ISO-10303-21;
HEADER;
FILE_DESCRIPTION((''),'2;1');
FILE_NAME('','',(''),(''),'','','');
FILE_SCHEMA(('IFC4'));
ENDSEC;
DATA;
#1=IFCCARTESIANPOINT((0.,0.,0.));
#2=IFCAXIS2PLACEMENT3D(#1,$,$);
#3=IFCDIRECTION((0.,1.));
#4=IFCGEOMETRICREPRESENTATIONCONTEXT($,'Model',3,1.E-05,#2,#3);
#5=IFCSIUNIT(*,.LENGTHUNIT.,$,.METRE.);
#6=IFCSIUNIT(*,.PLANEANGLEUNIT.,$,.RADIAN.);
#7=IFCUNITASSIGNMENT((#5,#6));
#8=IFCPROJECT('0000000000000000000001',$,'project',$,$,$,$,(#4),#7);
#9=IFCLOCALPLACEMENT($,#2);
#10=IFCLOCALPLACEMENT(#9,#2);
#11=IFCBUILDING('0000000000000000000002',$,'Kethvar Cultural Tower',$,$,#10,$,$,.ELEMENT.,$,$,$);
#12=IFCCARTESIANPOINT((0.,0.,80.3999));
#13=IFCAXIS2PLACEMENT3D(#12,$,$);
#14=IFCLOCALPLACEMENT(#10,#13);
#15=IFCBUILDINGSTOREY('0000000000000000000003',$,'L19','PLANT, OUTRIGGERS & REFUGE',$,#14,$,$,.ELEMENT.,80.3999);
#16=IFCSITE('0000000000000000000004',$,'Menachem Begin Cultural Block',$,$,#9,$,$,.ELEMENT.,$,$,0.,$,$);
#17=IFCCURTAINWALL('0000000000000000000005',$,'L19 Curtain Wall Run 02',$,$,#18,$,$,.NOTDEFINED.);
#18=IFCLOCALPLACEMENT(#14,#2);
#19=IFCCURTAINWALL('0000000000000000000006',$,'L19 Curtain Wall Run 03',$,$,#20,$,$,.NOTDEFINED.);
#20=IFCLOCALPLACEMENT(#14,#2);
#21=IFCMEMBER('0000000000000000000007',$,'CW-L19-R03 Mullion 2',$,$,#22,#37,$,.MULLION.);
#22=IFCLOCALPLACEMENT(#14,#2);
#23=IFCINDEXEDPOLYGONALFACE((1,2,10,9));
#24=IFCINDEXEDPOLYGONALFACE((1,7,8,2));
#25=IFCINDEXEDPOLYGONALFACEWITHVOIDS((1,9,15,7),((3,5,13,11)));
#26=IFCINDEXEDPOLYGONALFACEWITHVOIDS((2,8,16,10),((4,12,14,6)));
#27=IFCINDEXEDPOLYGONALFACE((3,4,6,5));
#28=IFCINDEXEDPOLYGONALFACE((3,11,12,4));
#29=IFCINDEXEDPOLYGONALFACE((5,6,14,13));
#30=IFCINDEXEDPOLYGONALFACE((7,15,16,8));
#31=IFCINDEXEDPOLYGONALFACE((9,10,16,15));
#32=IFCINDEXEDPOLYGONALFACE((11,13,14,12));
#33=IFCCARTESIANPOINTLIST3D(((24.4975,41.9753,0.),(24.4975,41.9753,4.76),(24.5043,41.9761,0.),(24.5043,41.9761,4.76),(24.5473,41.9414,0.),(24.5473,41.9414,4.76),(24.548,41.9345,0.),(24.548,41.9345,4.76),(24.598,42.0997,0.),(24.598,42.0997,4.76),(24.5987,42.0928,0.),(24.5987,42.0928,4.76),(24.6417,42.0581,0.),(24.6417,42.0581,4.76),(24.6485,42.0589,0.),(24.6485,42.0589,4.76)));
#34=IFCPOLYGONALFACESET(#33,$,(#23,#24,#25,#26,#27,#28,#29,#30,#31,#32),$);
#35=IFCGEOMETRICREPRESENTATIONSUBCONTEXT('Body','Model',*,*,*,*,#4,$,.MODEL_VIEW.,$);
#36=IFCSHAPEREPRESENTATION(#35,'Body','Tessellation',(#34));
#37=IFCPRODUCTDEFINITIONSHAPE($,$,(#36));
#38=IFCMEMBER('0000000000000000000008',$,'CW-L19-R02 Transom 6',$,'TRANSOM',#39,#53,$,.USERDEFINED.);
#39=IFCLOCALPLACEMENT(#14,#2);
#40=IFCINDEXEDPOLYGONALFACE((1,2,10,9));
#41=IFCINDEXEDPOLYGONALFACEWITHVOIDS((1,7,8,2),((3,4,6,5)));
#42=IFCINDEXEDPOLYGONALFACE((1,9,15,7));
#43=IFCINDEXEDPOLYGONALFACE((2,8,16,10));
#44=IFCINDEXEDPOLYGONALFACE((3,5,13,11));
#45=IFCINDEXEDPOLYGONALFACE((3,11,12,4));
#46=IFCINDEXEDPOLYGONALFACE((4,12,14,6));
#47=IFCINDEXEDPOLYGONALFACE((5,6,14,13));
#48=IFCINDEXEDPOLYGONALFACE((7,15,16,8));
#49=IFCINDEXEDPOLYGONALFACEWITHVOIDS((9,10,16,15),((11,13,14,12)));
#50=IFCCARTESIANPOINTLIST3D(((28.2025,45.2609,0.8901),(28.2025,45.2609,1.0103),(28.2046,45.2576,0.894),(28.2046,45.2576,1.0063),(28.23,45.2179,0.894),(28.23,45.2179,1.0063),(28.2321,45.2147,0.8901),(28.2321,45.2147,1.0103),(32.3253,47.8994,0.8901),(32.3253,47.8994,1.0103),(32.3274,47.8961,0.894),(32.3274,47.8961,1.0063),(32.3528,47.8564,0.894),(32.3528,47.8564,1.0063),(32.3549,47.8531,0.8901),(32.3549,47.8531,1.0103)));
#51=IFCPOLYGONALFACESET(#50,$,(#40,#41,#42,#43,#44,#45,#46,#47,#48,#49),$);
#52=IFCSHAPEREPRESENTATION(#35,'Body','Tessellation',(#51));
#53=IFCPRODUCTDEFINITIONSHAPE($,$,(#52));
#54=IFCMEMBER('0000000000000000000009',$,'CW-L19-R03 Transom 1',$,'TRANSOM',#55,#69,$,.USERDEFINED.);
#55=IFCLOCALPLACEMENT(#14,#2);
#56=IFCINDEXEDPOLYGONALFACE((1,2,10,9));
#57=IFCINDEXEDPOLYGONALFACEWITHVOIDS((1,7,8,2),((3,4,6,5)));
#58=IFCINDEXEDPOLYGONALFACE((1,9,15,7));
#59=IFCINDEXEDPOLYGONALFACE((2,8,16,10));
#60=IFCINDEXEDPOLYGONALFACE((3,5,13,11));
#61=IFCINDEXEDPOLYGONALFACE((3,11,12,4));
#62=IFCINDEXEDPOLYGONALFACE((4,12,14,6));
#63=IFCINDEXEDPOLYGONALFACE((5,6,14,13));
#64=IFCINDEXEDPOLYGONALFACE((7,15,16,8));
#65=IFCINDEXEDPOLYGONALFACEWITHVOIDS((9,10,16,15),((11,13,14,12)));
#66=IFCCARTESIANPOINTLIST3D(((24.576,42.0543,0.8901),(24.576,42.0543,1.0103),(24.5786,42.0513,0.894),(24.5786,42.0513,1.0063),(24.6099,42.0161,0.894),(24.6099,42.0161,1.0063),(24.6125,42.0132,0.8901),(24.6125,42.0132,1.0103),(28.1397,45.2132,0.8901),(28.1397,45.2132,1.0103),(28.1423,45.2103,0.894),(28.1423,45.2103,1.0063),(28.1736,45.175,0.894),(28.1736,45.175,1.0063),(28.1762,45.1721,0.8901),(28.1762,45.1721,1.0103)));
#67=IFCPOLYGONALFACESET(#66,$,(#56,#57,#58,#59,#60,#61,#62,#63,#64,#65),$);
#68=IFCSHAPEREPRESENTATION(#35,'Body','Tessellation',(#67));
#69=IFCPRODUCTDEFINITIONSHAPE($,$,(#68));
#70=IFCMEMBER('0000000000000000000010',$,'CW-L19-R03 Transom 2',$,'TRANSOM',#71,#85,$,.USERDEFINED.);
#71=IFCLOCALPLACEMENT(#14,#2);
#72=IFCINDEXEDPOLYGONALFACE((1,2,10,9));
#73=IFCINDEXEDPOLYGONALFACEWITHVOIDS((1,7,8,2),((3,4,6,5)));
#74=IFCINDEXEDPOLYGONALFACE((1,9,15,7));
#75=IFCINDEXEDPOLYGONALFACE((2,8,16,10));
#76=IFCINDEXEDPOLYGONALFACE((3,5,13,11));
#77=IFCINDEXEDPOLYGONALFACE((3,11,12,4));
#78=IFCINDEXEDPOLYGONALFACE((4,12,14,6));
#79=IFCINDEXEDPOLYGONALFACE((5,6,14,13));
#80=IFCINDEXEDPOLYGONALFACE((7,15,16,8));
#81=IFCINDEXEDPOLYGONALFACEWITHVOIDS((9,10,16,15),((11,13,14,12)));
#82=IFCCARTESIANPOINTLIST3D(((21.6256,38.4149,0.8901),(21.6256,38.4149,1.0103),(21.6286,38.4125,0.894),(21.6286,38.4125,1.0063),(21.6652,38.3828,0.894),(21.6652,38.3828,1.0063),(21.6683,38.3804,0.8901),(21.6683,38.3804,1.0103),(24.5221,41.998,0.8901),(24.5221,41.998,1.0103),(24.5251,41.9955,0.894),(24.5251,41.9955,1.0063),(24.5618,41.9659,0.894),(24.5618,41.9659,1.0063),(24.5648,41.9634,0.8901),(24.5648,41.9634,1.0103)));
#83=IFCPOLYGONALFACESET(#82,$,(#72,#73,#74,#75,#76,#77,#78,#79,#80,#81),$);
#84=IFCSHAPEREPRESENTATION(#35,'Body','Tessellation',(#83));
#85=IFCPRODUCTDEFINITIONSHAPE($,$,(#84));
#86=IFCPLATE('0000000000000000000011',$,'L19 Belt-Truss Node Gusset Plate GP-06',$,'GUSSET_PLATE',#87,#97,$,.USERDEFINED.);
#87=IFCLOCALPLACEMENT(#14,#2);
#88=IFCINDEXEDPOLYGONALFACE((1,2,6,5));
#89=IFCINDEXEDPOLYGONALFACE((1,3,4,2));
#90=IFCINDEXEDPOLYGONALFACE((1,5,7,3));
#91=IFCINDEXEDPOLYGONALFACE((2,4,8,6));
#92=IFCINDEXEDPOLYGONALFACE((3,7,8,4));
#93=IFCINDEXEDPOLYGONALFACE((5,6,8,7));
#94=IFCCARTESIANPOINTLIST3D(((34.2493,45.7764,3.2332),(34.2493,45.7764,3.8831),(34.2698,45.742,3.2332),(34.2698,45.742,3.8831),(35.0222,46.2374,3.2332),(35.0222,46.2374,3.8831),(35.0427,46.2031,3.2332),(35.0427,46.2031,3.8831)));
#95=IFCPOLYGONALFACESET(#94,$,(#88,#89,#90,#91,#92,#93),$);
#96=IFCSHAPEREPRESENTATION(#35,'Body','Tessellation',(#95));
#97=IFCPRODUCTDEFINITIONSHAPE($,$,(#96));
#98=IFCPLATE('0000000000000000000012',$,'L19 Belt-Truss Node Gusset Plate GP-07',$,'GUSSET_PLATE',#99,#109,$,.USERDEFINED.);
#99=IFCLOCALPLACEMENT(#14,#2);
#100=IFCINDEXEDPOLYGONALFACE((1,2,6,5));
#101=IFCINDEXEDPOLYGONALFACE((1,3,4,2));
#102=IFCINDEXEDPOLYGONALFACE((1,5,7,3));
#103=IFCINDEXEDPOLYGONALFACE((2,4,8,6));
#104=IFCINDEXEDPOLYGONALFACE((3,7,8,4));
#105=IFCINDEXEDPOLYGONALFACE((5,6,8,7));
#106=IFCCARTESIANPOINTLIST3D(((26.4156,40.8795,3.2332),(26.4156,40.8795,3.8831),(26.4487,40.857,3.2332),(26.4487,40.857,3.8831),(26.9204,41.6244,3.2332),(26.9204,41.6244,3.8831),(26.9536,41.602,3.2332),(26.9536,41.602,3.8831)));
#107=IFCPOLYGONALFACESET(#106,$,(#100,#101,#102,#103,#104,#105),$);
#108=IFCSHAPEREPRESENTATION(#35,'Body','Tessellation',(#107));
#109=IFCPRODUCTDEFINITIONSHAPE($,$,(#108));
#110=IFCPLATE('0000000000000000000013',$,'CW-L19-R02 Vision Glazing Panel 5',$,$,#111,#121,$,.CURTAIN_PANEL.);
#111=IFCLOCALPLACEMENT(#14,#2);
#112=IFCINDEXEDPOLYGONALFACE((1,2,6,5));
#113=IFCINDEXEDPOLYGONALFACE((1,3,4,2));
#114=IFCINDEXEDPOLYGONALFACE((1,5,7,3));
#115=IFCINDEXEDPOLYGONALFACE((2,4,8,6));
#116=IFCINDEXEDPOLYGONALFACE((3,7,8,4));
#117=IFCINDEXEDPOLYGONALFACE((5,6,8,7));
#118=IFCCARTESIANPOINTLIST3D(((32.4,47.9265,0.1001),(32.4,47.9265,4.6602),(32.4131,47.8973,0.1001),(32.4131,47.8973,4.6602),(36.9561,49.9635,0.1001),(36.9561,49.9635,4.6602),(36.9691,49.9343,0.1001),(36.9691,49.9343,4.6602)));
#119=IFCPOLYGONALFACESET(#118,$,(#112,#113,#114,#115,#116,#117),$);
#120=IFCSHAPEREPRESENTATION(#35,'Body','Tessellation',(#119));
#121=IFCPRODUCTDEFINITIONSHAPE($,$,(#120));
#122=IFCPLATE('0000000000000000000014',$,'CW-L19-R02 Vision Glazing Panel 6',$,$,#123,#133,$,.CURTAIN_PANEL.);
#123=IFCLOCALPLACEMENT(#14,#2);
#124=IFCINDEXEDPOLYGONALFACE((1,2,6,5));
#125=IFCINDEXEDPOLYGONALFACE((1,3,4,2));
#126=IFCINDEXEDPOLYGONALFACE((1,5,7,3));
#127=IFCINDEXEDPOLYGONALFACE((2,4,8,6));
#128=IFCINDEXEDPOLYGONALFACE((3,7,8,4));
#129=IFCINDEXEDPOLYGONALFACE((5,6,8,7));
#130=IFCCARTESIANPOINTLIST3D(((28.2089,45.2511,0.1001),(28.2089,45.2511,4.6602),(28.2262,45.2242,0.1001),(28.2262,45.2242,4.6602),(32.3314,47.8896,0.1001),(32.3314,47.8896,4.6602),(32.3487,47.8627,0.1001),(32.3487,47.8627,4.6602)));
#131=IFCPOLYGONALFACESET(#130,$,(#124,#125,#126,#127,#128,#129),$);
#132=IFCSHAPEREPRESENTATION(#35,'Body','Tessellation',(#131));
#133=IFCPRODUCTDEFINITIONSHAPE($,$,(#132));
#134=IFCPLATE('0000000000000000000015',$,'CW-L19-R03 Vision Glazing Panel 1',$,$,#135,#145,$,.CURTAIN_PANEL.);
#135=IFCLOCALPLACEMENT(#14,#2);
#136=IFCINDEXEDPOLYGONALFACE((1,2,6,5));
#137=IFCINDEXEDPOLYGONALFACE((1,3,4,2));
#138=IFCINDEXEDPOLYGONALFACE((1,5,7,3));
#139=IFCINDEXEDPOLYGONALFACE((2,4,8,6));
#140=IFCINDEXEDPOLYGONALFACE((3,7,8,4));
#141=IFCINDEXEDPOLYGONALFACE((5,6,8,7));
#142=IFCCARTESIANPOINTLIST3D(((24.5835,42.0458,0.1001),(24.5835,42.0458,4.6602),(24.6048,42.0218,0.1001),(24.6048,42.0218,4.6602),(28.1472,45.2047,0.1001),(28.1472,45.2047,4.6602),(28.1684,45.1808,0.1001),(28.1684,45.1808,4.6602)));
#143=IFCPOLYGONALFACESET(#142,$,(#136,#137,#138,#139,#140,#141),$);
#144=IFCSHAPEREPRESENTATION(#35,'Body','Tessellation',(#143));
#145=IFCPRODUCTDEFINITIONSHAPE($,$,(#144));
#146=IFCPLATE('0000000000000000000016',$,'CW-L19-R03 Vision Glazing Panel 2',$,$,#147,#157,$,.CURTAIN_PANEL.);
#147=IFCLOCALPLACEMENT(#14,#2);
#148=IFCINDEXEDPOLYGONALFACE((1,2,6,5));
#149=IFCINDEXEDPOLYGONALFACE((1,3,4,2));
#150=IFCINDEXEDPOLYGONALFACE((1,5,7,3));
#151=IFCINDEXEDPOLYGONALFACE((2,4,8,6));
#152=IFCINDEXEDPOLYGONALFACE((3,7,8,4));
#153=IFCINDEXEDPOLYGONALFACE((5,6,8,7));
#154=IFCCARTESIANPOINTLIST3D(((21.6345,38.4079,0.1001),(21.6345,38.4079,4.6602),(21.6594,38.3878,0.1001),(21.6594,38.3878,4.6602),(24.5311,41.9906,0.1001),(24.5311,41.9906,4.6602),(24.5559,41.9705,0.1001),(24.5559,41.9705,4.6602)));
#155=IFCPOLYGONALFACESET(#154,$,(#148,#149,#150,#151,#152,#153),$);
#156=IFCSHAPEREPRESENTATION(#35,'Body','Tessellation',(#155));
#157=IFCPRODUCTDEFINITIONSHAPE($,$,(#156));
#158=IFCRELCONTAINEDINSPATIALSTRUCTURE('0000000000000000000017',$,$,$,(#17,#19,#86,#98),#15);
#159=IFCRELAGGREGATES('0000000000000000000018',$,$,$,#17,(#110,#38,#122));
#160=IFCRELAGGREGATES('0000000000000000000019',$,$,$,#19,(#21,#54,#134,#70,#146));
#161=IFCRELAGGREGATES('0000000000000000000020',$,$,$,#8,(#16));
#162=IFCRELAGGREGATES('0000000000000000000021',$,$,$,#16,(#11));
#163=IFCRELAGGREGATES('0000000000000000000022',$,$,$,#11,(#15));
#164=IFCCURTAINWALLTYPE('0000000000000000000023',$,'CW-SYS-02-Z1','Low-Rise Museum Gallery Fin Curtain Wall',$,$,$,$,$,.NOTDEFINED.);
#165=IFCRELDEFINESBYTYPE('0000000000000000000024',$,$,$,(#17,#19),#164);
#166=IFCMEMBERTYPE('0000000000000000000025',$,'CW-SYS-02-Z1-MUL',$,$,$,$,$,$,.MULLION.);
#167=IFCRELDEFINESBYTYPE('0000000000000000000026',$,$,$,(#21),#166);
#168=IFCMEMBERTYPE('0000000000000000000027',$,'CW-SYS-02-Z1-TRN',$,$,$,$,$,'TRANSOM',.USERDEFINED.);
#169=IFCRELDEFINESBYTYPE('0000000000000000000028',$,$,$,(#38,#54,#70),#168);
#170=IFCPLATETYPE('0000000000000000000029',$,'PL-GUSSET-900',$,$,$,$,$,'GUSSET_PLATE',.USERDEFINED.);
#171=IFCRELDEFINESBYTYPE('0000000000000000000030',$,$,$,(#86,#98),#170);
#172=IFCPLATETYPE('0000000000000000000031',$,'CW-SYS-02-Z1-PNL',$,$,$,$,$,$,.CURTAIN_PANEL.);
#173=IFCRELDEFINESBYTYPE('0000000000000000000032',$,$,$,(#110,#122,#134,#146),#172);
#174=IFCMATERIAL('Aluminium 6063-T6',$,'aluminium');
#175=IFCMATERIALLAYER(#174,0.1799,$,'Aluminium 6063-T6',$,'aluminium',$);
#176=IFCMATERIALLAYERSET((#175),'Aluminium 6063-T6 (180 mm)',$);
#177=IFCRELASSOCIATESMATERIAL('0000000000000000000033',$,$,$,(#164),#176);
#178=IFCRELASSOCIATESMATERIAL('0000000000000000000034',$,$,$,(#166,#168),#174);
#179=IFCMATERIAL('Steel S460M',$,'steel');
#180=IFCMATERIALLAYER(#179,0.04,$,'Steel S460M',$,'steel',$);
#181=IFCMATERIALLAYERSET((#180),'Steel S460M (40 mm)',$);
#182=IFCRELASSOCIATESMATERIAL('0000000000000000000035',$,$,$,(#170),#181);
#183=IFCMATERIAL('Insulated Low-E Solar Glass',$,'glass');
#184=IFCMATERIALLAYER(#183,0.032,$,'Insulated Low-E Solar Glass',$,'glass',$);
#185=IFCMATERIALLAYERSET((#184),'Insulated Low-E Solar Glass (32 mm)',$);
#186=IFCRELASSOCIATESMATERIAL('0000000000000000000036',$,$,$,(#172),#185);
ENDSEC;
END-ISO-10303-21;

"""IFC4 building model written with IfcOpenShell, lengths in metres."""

from ifc_helpers import new_model, si_unit, direction, frame, origin, origin_2d, place, context, subcontext, project, spatial, rectangle, hollow_rectangle, extrude, source, transform, mapped, material, layer, layer_set, material_profile, profile_set, type_object, element, aggregate, save


model = new_model("IFC4")

# Units and contexts
model_context = context("Model", 3, precision=1e-05, world=origin(), true_north=direction((0.0, 1.0)))
body_context = subcontext(model_context, "Body", "Model", "MODEL_VIEW")
ifc_project = project(units=[si_unit("LENGTHUNIT", "METRE"), si_unit("PLANEANGLEUNIT", "RADIAN")], contexts=[model_context])

# Site, building, storey
site_placement = place(None, origin())
site = spatial("IfcSite", under=ifc_project, at=site_placement, Name="Menachem Begin Cultural Block", CompositionType="ELEMENT", RefElevation=0.0)
building_placement = place(site_placement, origin())
building = spatial("IfcBuilding", under=site, at=building_placement, Name="Kethvar Cultural Tower", CompositionType="ELEMENT")
storey_placement = place(building_placement, frame((0.0, 0.0, 80.3999)))
storey = spatial("IfcBuildingStorey", under=building, at=storey_placement, Name="L19", Description="PLANT, OUTRIGGERS & REFUGE", CompositionType="ELEMENT", Elevation=80.3999)

# Shared definitions
ifc_material_1 = material(Name="Steel S460M", Category="steel")

# Curtain walls, member
ifc_material_2 = material(Name="Aluminium 6063-T6", Category="aluminium")
ifc_layer_1 = layer(ifc_material_2, 0.1799, Name="Aluminium 6063-T6", Category="aluminium")
ifc_layer_set_1 = layer_set([ifc_layer_1], Name="Aluminium 6063-T6 (180 mm)")
curtain_wall_type = type_object("IfcCurtainWallType", Name="CW-SYS-02-Z1", Description="Low-Rise Museum Gallery Fin Curtain Wall", PredefinedType="NOTDEFINED", material=ifc_layer_set_1)
curtain_wall_1_placement = place(storey_placement, origin())
curtain_wall_1 = element("IfcCurtainWall", 1, at=curtain_wall_1_placement, inside=storey, type_object=curtain_wall_type, Name="L19 Curtain Wall Run 02", PredefinedType="NOTDEFINED")
ifc_material_profile_1 = material_profile(ifc_material_2, hollow_rectangle(XDim=0.0649, YDim=0.1599, WallThickness=0.0049, at=origin_2d()), Name="Aluminium 6063-T6 — RHS160x65x5")
ifc_profile_set_1 = profile_set([ifc_material_profile_1], Name="Aluminium 6063-T6 — RHS160x65x5")
member_type_1 = type_object("IfcMemberType", Name="CW-SYS-02-Z1-MUL", PredefinedType="MULLION", material=ifc_profile_set_1)
shared_shape_1 = source(origin(), body_context, "Body", "SweptSolid", [
    extrude(hollow_rectangle(XDim=0.0649, YDim=0.1599, WallThickness=0.0049, at=origin_2d()), origin(), (0.0, 0.0, 1.0), 4.76),
])
curtain_wall_2_placement = place(storey_placement, origin())
curtain_wall_2 = element("IfcCurtainWall", 2, at=curtain_wall_2_placement, inside=storey, type_object=curtain_wall_type, Name="L19 Curtain Wall Run 03", PredefinedType="NOTDEFINED")
member_1_placement = place(storey_placement, frame((24.573, 42.0171, 0.0), z_axis=(0.0, 0.0, 1.0), x_axis=(0.77764, -0.62871, 0.0)))
member_1 = element("IfcMember", 3, at=member_1_placement, type_object=member_type_1, Name="CW-L19-R03 Mullion 2", PredefinedType="MULLION", context=body_context, shape_type="MappedRepresentation", body=[
    mapped(shared_shape_1, transform((0.0, 0.0, 0.0), scale=1.0)),
])

# Members
ifc_material_profile_2 = material_profile(ifc_material_2, hollow_rectangle(XDim=0.0549, YDim=0.1201, WallThickness=0.0039, at=origin_2d()), Name="Aluminium 6063-T6 — RHS120x55x4")
ifc_profile_set_2 = profile_set([ifc_material_profile_2], Name="Aluminium 6063-T6 — RHS120x55x4")
member_type_2 = type_object("IfcMemberType", Name="CW-SYS-02-Z1-TRN", ElementType="TRANSOM", PredefinedType="USERDEFINED", material=ifc_profile_set_2)
shared_shape_2 = source(origin(), body_context, "Body", "SweptSolid", [
    extrude(hollow_rectangle(XDim=0.0549, YDim=0.1201, WallThickness=0.0039, at=origin_2d()), origin(), (0.0, 0.0, 1.0), 4.8948),
])
member_2_placement = place(storey_placement, frame((32.3401, 47.8762, 0.9502), z_axis=(-0.842287, -0.53903, 0.0), x_axis=(0.53903, -0.842287, 0.0)))
member_2 = element("IfcMember", 4, at=member_2_placement, type_object=member_type_2, Name="CW-L19-R02 Transom 6", ObjectType="TRANSOM", PredefinedType="USERDEFINED", context=body_context, shape_type="MappedRepresentation", body=[
    mapped(shared_shape_2, transform((0.0, 0.0, 0.0), scale=1.0)),
])
shared_shape_3 = source(origin(), body_context, "Body", "SweptSolid", [
    extrude(hollow_rectangle(XDim=0.0549, YDim=0.1201, WallThickness=0.0039, at=origin_2d()), origin(), (0.0, 0.0, 1.0), 4.7622),
])
member_3_placement = place(storey_placement, frame((28.158, 45.1926, 0.9502), z_axis=(-0.748328, -0.663329, 0.0), x_axis=(0.663329, -0.748328, 0.0)))
member_3 = element("IfcMember", 5, at=member_3_placement, type_object=member_type_2, Name="CW-L19-R03 Transom 1", ObjectType="TRANSOM", PredefinedType="USERDEFINED", context=body_context, shape_type="MappedRepresentation", body=[
    mapped(shared_shape_3, transform((0.0, 0.0, 0.0), scale=1.0)),
])
shared_shape_4 = source(origin(), body_context, "Body", "SweptSolid", [
    extrude(hollow_rectangle(XDim=0.0549, YDim=0.1201, WallThickness=0.0039, at=origin_2d()), origin(), (0.0, 0.0, 1.0), 4.6074),
])
member_4_placement = place(storey_placement, frame((24.5435, 41.9807, 0.9502), z_axis=(-0.628668, -0.777674, 0.0), x_axis=(0.777674, -0.628668, 0.0)))
member_4 = element("IfcMember", 6, at=member_4_placement, type_object=member_type_2, Name="CW-L19-R03 Transom 2", ObjectType="TRANSOM", PredefinedType="USERDEFINED", context=body_context, shape_type="MappedRepresentation", body=[
    mapped(shared_shape_4, transform((0.0, 0.0, 0.0), scale=1.0)),
])

# Plates
ifc_layer_2 = layer(ifc_material_1, 0.04, Name="Steel S460M", Category="steel")
ifc_layer_set_2 = layer_set([ifc_layer_2], Name="Steel S460M (40 mm)")
plate_type_1 = type_object("IfcPlateType", Name="PL-GUSSET-900", ElementType="GUSSET_PLATE", PredefinedType="USERDEFINED", material=ifc_layer_set_2)
shared_shape_5 = source(origin(), body_context, "Body", "SweptSolid", [
    extrude(rectangle(XDim=0.8999, YDim=0.04, at=origin_2d()), origin(), (0.0, 0.0, 1.0), 0.6499),
])
for number, where, z_axis, x_axis, name in (
    (7, (34.646, 45.9897, 3.2332), (0.0, 0.0, 1.0), (-0.858815, -0.512286, 0.0), "L19 Belt-Truss Node Gusset Plate GP-06"),
    (8, (26.6846, 41.2407, 3.2332), (0.0, 0.0, 1.0), (-0.561036, -0.827791, 0.0), "L19 Belt-Truss Node Gusset Plate GP-07"),
):
    element("IfcPlate", number, at=place(storey_placement, frame(where, z_axis=z_axis, x_axis=x_axis)), inside=storey, type_object=plate_type_1, Name=name, ObjectType="GUSSET_PLATE", PredefinedType="USERDEFINED", context=body_context, shape_type="MappedRepresentation", body=[
        mapped(shared_shape_5, transform((0.0, 0.0, 0.0), scale=1.0)),
    ])

# Plates
ifc_material_3 = material(Name="Insulated Low-E Solar Glass", Category="glass")
ifc_layer_3 = layer(ifc_material_3, 0.032, Name="Insulated Low-E Solar Glass", Category="glass")
ifc_layer_set_3 = layer_set([ifc_layer_3], Name="Insulated Low-E Solar Glass (32 mm)")
plate_type_2 = type_object("IfcPlateType", Name="CW-SYS-02-Z1-PNL", PredefinedType="CURTAIN_PANEL", material=ifc_layer_set_3)
shared_shape_6 = source(origin(), body_context, "Body", "SweptSolid", [
    extrude(rectangle(XDim=4.9907, YDim=0.032, at=origin_2d()), origin(), (0.0, 0.0, 1.0), 4.5601),
])
plate_1_placement = place(storey_placement, frame((34.6846, 48.9304, 0.1001), z_axis=(0.0, 0.0, 1.0), x_axis=(-0.912913, -0.408155, 0.0)))
plate_1 = element("IfcPlate", 9, at=plate_1_placement, type_object=plate_type_2, Name="CW-L19-R02 Vision Glazing Panel 5", PredefinedType="CURTAIN_PANEL", context=body_context, shape_type="MappedRepresentation", body=[
    mapped(shared_shape_6, transform((0.0, 0.0, 0.0), scale=1.0)),
])
shared_shape_7 = source(origin(), body_context, "Body", "SweptSolid", [
    extrude(rectangle(XDim=4.8945, YDim=0.032, at=origin_2d()), origin(), (0.0, 0.0, 1.0), 4.5601),
])
plate_2_placement = place(storey_placement, frame((30.2788, 46.5569, 0.1001), z_axis=(0.0, 0.0, 1.0), x_axis=(-0.842264, -0.539065, 0.0)))
plate_2 = element("IfcPlate", 10, at=plate_2_placement, type_object=plate_type_2, Name="CW-L19-R02 Vision Glazing Panel 6", PredefinedType="CURTAIN_PANEL", context=body_context, shape_type="MappedRepresentation", body=[
    mapped(shared_shape_7, transform((0.0, 0.0, 0.0), scale=1.0)),
])
aggregate(curtain_wall_1, [plate_1, member_2, plate_2])
shared_shape_8 = source(origin(), body_context, "Body", "SweptSolid", [
    extrude(rectangle(XDim=4.7622, YDim=0.032, at=origin_2d()), origin(), (0.0, 0.0, 1.0), 4.5601),
])
plate_3_placement = place(storey_placement, frame((26.376, 43.6133, 0.1001), z_axis=(0.0, 0.0, 1.0), x_axis=(-0.748319, -0.663339, 0.0)))
plate_3 = element("IfcPlate", 11, at=plate_3_placement, type_object=plate_type_2, Name="CW-L19-R03 Vision Glazing Panel 1", PredefinedType="CURTAIN_PANEL", context=body_context, shape_type="MappedRepresentation", body=[
    mapped(shared_shape_8, transform((0.0, 0.0, 0.0), scale=1.0)),
])
shared_shape_9 = source(origin(), body_context, "Body", "SweptSolid", [
    extrude(rectangle(XDim=4.6072, YDim=0.032, at=origin_2d()), origin(), (0.0, 0.0, 1.0), 4.5601),
])
plate_4_placement = place(storey_placement, frame((23.0952, 40.1892, 0.1001), z_axis=(0.0, 0.0, 1.0), x_axis=(-0.62871, -0.77764, 0.0)))
plate_4 = element("IfcPlate", 12, at=plate_4_placement, type_object=plate_type_2, Name="CW-L19-R03 Vision Glazing Panel 2", PredefinedType="CURTAIN_PANEL", context=body_context, shape_type="MappedRepresentation", body=[
    mapped(shared_shape_9, transform((0.0, 0.0, 0.0), scale=1.0)),
])
aggregate(curtain_wall_2, [member_1, member_3, plate_3, member_4, plate_4])

save(model, "model.ifc")
